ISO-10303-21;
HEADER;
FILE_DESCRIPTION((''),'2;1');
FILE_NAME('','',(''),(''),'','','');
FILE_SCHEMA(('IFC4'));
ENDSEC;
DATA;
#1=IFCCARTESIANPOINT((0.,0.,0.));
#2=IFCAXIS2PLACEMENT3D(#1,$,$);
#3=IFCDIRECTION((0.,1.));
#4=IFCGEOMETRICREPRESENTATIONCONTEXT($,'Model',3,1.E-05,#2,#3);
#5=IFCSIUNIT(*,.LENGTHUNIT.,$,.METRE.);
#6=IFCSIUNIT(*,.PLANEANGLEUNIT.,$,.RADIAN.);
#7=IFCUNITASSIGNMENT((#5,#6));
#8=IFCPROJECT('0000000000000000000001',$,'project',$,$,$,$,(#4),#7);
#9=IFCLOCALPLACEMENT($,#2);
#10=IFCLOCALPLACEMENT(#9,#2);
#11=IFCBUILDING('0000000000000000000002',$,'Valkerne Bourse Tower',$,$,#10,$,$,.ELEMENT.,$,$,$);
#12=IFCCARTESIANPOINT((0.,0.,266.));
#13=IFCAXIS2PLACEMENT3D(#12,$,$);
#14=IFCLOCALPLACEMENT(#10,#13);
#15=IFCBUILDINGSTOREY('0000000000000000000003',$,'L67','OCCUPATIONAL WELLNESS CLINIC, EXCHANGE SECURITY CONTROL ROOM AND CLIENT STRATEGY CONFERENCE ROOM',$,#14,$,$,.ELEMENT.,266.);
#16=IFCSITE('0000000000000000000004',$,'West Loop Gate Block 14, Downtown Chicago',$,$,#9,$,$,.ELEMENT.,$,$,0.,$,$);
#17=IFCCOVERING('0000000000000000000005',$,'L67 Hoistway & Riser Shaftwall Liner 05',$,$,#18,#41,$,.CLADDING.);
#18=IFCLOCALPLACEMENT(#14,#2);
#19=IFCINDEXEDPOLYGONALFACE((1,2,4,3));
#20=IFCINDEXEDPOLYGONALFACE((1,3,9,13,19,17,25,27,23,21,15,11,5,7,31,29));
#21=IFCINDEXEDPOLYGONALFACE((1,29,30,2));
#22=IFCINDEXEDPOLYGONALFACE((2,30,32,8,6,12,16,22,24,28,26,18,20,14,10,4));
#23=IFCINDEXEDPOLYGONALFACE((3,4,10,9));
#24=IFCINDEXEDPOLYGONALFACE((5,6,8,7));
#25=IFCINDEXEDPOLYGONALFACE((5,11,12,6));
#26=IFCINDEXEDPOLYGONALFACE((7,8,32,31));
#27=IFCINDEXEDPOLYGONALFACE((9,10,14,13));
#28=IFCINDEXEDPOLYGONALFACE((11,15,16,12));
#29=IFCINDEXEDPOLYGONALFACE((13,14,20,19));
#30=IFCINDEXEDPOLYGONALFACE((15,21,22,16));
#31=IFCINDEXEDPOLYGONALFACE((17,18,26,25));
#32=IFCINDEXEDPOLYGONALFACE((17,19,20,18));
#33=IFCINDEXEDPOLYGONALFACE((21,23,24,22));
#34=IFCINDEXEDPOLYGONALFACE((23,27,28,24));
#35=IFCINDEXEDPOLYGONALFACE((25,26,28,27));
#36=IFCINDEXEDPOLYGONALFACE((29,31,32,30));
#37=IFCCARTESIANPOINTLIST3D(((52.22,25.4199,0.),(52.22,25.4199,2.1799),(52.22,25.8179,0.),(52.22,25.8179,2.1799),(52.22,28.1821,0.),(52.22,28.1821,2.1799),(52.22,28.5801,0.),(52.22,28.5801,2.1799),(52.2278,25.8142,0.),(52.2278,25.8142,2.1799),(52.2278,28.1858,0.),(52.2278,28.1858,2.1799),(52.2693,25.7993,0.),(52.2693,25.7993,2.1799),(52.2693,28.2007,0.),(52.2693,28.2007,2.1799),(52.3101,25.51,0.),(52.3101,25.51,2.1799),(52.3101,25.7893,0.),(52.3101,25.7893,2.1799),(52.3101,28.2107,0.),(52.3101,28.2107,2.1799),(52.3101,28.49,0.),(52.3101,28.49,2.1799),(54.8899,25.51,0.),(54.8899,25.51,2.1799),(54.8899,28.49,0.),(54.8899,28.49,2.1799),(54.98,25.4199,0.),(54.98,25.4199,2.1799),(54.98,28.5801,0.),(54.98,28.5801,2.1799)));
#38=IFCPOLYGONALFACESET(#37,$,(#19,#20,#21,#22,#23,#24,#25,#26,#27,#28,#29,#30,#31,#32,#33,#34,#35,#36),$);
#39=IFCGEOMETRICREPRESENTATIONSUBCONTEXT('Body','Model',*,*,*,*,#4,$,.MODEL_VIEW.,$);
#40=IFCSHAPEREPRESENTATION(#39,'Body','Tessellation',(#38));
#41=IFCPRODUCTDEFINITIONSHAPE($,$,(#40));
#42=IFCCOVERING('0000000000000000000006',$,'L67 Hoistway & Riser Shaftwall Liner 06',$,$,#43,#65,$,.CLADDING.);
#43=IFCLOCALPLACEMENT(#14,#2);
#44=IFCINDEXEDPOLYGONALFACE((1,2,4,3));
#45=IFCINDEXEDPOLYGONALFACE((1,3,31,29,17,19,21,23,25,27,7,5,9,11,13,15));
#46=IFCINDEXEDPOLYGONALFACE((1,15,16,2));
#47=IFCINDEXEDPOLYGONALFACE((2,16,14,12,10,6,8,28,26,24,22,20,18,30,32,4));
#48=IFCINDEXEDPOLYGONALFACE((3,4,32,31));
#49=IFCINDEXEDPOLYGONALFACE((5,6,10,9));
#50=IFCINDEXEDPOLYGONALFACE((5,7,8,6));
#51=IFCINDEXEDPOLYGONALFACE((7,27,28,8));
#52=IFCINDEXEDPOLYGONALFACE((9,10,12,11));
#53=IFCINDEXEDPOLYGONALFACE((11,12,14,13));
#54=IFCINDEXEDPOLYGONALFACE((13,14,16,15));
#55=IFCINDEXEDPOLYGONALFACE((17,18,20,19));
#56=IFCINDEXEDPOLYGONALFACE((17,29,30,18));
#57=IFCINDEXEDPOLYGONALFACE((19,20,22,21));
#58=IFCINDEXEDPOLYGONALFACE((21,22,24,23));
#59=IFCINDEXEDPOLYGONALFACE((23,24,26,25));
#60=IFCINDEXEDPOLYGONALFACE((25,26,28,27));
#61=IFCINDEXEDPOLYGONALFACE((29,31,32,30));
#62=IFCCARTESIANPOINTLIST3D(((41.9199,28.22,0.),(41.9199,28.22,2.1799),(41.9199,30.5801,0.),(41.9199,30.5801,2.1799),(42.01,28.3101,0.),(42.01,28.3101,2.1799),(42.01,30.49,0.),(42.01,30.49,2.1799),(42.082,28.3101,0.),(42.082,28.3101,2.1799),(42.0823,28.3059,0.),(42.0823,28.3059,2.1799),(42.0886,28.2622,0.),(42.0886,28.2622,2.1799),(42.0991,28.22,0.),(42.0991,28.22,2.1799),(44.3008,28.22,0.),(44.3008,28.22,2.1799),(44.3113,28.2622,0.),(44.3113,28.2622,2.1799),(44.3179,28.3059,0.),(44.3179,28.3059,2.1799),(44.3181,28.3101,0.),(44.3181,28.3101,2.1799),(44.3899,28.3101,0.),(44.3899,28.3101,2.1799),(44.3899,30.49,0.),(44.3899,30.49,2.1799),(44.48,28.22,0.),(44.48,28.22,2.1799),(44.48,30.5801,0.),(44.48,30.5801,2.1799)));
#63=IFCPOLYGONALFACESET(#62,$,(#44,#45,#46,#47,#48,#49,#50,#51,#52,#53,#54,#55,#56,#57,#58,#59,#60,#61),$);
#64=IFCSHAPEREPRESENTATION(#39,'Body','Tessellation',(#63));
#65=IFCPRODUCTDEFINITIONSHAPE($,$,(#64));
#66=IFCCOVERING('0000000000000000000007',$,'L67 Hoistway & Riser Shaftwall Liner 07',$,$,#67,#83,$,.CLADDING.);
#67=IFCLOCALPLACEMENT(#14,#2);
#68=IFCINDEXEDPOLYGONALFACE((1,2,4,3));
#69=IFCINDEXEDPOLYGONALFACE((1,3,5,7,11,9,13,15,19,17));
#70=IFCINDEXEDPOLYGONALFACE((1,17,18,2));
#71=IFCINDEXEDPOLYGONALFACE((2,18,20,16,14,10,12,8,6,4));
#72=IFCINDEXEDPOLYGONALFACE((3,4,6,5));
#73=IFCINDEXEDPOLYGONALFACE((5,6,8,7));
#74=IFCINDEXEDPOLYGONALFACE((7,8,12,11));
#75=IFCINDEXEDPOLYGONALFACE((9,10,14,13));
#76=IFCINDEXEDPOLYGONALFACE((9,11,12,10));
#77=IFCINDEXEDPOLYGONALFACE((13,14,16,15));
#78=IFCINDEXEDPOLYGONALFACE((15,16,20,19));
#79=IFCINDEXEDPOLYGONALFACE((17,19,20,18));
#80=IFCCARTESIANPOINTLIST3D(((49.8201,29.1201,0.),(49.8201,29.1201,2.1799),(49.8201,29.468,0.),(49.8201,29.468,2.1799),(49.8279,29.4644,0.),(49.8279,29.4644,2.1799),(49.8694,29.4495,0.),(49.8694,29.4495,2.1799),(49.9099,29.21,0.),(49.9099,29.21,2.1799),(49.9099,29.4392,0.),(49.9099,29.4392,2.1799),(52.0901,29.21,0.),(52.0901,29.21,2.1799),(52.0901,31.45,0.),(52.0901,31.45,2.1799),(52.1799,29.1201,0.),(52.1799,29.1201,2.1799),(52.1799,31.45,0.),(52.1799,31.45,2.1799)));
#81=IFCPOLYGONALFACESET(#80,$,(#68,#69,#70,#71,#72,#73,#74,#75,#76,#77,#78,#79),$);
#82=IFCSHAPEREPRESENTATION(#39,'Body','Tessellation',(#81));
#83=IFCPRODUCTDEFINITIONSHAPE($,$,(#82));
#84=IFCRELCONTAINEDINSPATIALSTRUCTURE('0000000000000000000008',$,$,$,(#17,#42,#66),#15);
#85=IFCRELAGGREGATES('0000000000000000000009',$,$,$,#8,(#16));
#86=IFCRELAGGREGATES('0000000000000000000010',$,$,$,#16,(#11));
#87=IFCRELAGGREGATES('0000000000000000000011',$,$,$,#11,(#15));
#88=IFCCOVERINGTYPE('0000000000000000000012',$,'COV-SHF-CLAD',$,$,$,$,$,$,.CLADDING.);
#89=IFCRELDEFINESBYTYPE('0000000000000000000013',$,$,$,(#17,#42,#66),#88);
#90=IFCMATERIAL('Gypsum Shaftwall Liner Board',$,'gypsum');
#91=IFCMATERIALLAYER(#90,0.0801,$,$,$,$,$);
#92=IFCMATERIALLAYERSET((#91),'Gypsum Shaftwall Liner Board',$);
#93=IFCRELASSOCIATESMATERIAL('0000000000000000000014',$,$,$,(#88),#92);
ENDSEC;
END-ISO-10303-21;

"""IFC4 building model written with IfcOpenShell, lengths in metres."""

from ifc_helpers import new_model, si_unit, direction, frame, origin, place, context, subcontext, project, spatial, polyline, outline, extrude, material, layer, layer_set, type_object, element, save


model = new_model("IFC4")

# Units and contexts
model_context = context("Model", 3, precision=1e-05, world=origin(), true_north=direction((0.0, 1.0)))
body_context = subcontext(model_context, "Body", "Model", "MODEL_VIEW")
ifc_project = project(units=[si_unit("LENGTHUNIT", "METRE"), si_unit("PLANEANGLEUNIT", "RADIAN")], contexts=[model_context])

# Site, building, storey
site_placement = place(None, origin())
site = spatial("IfcSite", under=ifc_project, at=site_placement, Name="West Loop Gate Block 14, Downtown Chicago", CompositionType="ELEMENT", RefElevation=0.0)
building_placement = place(site_placement, origin())
building = spatial("IfcBuilding", under=site, at=building_placement, Name="Valkerne Bourse Tower", CompositionType="ELEMENT")
storey_placement = place(building_placement, frame((0.0, 0.0, 266.0)))
storey = spatial("IfcBuildingStorey", under=building, at=storey_placement, Name="L67", Description="OCCUPATIONAL WELLNESS CLINIC, EXCHANGE SECURITY CONTROL ROOM AND CLIENT STRATEGY CONFERENCE ROOM", CompositionType="ELEMENT", Elevation=266.0)

# Coverings
ifc_material_1 = material(Name="Gypsum Shaftwall Liner Board", Category="gypsum")
ifc_layer_1 = layer(ifc_material_1, 0.0801)
ifc_layer_set_1 = layer_set([ifc_layer_1], Name="Gypsum Shaftwall Liner Board")
covering_type_1 = type_object("IfcCoveringType", Name="COV-SHF-CLAD", PredefinedType="CLADDING", material=ifc_layer_set_1)
covering_1_placement = place(storey_placement, origin())
element("IfcCovering", 1, at=covering_1_placement, inside=storey, type_object=covering_type_1, Name="L67 Hoistway & Riser Shaftwall Liner 05", PredefinedType="CLADDING", context=body_context, shape_type="SweptSolid", body=[
    extrude(outline(polyline([(54.98, 28.5801), (54.98, 25.4199), (52.22, 25.4199), (52.22, 25.8179), (52.2278, 25.8142), (52.2693, 25.7993), (52.3101, 25.7893), (52.3101, 25.51), (54.8899, 25.51), (54.8899, 28.49), (52.3101, 28.49), (52.3101, 28.2107), (52.2693, 28.2007), (52.2278, 28.1858), (52.22, 28.1821), (52.22, 28.5801), (54.98, 28.5801)])), origin(), (0.0, 0.0, 1.0), 2.1799),
])
covering_2_placement = place(storey_placement, origin())
element("IfcCovering", 2, at=covering_2_placement, inside=storey, type_object=covering_type_1, Name="L67 Hoistway & Riser Shaftwall Liner 06", PredefinedType="CLADDING", context=body_context, shape_type="SweptSolid", body=[
    extrude(outline(polyline([(44.48, 28.22), (44.3008, 28.22), (44.3113, 28.2622), (44.3179, 28.3059), (44.3181, 28.3101), (44.3899, 28.3101), (44.3899, 30.49), (42.01, 30.49), (42.01, 28.3101), (42.082, 28.3101), (42.0823, 28.3059), (42.0886, 28.2622), (42.0991, 28.22), (41.9199, 28.22), (41.9199, 30.5801), (44.48, 30.5801), (44.48, 28.22)])), origin(), (0.0, 0.0, 1.0), 2.1799),
])
covering_3_placement = place(storey_placement, origin())
element("IfcCovering", 3, at=covering_3_placement, inside=storey, type_object=covering_type_1, Name="L67 Hoistway & Riser Shaftwall Liner 07", PredefinedType="CLADDING", context=body_context, shape_type="SweptSolid", body=[
    extrude(outline(polyline([(49.8201, 29.1201), (49.8201, 29.468), (49.8279, 29.4644), (49.8694, 29.4495), (49.9099, 29.4392), (49.9099, 29.21), (52.0901, 29.21), (52.0901, 31.45), (52.1799, 31.45), (52.1799, 29.1201), (49.8201, 29.1201)])), origin(), (0.0, 0.0, 1.0), 2.1799),
])

save(model, "model.ifc")
